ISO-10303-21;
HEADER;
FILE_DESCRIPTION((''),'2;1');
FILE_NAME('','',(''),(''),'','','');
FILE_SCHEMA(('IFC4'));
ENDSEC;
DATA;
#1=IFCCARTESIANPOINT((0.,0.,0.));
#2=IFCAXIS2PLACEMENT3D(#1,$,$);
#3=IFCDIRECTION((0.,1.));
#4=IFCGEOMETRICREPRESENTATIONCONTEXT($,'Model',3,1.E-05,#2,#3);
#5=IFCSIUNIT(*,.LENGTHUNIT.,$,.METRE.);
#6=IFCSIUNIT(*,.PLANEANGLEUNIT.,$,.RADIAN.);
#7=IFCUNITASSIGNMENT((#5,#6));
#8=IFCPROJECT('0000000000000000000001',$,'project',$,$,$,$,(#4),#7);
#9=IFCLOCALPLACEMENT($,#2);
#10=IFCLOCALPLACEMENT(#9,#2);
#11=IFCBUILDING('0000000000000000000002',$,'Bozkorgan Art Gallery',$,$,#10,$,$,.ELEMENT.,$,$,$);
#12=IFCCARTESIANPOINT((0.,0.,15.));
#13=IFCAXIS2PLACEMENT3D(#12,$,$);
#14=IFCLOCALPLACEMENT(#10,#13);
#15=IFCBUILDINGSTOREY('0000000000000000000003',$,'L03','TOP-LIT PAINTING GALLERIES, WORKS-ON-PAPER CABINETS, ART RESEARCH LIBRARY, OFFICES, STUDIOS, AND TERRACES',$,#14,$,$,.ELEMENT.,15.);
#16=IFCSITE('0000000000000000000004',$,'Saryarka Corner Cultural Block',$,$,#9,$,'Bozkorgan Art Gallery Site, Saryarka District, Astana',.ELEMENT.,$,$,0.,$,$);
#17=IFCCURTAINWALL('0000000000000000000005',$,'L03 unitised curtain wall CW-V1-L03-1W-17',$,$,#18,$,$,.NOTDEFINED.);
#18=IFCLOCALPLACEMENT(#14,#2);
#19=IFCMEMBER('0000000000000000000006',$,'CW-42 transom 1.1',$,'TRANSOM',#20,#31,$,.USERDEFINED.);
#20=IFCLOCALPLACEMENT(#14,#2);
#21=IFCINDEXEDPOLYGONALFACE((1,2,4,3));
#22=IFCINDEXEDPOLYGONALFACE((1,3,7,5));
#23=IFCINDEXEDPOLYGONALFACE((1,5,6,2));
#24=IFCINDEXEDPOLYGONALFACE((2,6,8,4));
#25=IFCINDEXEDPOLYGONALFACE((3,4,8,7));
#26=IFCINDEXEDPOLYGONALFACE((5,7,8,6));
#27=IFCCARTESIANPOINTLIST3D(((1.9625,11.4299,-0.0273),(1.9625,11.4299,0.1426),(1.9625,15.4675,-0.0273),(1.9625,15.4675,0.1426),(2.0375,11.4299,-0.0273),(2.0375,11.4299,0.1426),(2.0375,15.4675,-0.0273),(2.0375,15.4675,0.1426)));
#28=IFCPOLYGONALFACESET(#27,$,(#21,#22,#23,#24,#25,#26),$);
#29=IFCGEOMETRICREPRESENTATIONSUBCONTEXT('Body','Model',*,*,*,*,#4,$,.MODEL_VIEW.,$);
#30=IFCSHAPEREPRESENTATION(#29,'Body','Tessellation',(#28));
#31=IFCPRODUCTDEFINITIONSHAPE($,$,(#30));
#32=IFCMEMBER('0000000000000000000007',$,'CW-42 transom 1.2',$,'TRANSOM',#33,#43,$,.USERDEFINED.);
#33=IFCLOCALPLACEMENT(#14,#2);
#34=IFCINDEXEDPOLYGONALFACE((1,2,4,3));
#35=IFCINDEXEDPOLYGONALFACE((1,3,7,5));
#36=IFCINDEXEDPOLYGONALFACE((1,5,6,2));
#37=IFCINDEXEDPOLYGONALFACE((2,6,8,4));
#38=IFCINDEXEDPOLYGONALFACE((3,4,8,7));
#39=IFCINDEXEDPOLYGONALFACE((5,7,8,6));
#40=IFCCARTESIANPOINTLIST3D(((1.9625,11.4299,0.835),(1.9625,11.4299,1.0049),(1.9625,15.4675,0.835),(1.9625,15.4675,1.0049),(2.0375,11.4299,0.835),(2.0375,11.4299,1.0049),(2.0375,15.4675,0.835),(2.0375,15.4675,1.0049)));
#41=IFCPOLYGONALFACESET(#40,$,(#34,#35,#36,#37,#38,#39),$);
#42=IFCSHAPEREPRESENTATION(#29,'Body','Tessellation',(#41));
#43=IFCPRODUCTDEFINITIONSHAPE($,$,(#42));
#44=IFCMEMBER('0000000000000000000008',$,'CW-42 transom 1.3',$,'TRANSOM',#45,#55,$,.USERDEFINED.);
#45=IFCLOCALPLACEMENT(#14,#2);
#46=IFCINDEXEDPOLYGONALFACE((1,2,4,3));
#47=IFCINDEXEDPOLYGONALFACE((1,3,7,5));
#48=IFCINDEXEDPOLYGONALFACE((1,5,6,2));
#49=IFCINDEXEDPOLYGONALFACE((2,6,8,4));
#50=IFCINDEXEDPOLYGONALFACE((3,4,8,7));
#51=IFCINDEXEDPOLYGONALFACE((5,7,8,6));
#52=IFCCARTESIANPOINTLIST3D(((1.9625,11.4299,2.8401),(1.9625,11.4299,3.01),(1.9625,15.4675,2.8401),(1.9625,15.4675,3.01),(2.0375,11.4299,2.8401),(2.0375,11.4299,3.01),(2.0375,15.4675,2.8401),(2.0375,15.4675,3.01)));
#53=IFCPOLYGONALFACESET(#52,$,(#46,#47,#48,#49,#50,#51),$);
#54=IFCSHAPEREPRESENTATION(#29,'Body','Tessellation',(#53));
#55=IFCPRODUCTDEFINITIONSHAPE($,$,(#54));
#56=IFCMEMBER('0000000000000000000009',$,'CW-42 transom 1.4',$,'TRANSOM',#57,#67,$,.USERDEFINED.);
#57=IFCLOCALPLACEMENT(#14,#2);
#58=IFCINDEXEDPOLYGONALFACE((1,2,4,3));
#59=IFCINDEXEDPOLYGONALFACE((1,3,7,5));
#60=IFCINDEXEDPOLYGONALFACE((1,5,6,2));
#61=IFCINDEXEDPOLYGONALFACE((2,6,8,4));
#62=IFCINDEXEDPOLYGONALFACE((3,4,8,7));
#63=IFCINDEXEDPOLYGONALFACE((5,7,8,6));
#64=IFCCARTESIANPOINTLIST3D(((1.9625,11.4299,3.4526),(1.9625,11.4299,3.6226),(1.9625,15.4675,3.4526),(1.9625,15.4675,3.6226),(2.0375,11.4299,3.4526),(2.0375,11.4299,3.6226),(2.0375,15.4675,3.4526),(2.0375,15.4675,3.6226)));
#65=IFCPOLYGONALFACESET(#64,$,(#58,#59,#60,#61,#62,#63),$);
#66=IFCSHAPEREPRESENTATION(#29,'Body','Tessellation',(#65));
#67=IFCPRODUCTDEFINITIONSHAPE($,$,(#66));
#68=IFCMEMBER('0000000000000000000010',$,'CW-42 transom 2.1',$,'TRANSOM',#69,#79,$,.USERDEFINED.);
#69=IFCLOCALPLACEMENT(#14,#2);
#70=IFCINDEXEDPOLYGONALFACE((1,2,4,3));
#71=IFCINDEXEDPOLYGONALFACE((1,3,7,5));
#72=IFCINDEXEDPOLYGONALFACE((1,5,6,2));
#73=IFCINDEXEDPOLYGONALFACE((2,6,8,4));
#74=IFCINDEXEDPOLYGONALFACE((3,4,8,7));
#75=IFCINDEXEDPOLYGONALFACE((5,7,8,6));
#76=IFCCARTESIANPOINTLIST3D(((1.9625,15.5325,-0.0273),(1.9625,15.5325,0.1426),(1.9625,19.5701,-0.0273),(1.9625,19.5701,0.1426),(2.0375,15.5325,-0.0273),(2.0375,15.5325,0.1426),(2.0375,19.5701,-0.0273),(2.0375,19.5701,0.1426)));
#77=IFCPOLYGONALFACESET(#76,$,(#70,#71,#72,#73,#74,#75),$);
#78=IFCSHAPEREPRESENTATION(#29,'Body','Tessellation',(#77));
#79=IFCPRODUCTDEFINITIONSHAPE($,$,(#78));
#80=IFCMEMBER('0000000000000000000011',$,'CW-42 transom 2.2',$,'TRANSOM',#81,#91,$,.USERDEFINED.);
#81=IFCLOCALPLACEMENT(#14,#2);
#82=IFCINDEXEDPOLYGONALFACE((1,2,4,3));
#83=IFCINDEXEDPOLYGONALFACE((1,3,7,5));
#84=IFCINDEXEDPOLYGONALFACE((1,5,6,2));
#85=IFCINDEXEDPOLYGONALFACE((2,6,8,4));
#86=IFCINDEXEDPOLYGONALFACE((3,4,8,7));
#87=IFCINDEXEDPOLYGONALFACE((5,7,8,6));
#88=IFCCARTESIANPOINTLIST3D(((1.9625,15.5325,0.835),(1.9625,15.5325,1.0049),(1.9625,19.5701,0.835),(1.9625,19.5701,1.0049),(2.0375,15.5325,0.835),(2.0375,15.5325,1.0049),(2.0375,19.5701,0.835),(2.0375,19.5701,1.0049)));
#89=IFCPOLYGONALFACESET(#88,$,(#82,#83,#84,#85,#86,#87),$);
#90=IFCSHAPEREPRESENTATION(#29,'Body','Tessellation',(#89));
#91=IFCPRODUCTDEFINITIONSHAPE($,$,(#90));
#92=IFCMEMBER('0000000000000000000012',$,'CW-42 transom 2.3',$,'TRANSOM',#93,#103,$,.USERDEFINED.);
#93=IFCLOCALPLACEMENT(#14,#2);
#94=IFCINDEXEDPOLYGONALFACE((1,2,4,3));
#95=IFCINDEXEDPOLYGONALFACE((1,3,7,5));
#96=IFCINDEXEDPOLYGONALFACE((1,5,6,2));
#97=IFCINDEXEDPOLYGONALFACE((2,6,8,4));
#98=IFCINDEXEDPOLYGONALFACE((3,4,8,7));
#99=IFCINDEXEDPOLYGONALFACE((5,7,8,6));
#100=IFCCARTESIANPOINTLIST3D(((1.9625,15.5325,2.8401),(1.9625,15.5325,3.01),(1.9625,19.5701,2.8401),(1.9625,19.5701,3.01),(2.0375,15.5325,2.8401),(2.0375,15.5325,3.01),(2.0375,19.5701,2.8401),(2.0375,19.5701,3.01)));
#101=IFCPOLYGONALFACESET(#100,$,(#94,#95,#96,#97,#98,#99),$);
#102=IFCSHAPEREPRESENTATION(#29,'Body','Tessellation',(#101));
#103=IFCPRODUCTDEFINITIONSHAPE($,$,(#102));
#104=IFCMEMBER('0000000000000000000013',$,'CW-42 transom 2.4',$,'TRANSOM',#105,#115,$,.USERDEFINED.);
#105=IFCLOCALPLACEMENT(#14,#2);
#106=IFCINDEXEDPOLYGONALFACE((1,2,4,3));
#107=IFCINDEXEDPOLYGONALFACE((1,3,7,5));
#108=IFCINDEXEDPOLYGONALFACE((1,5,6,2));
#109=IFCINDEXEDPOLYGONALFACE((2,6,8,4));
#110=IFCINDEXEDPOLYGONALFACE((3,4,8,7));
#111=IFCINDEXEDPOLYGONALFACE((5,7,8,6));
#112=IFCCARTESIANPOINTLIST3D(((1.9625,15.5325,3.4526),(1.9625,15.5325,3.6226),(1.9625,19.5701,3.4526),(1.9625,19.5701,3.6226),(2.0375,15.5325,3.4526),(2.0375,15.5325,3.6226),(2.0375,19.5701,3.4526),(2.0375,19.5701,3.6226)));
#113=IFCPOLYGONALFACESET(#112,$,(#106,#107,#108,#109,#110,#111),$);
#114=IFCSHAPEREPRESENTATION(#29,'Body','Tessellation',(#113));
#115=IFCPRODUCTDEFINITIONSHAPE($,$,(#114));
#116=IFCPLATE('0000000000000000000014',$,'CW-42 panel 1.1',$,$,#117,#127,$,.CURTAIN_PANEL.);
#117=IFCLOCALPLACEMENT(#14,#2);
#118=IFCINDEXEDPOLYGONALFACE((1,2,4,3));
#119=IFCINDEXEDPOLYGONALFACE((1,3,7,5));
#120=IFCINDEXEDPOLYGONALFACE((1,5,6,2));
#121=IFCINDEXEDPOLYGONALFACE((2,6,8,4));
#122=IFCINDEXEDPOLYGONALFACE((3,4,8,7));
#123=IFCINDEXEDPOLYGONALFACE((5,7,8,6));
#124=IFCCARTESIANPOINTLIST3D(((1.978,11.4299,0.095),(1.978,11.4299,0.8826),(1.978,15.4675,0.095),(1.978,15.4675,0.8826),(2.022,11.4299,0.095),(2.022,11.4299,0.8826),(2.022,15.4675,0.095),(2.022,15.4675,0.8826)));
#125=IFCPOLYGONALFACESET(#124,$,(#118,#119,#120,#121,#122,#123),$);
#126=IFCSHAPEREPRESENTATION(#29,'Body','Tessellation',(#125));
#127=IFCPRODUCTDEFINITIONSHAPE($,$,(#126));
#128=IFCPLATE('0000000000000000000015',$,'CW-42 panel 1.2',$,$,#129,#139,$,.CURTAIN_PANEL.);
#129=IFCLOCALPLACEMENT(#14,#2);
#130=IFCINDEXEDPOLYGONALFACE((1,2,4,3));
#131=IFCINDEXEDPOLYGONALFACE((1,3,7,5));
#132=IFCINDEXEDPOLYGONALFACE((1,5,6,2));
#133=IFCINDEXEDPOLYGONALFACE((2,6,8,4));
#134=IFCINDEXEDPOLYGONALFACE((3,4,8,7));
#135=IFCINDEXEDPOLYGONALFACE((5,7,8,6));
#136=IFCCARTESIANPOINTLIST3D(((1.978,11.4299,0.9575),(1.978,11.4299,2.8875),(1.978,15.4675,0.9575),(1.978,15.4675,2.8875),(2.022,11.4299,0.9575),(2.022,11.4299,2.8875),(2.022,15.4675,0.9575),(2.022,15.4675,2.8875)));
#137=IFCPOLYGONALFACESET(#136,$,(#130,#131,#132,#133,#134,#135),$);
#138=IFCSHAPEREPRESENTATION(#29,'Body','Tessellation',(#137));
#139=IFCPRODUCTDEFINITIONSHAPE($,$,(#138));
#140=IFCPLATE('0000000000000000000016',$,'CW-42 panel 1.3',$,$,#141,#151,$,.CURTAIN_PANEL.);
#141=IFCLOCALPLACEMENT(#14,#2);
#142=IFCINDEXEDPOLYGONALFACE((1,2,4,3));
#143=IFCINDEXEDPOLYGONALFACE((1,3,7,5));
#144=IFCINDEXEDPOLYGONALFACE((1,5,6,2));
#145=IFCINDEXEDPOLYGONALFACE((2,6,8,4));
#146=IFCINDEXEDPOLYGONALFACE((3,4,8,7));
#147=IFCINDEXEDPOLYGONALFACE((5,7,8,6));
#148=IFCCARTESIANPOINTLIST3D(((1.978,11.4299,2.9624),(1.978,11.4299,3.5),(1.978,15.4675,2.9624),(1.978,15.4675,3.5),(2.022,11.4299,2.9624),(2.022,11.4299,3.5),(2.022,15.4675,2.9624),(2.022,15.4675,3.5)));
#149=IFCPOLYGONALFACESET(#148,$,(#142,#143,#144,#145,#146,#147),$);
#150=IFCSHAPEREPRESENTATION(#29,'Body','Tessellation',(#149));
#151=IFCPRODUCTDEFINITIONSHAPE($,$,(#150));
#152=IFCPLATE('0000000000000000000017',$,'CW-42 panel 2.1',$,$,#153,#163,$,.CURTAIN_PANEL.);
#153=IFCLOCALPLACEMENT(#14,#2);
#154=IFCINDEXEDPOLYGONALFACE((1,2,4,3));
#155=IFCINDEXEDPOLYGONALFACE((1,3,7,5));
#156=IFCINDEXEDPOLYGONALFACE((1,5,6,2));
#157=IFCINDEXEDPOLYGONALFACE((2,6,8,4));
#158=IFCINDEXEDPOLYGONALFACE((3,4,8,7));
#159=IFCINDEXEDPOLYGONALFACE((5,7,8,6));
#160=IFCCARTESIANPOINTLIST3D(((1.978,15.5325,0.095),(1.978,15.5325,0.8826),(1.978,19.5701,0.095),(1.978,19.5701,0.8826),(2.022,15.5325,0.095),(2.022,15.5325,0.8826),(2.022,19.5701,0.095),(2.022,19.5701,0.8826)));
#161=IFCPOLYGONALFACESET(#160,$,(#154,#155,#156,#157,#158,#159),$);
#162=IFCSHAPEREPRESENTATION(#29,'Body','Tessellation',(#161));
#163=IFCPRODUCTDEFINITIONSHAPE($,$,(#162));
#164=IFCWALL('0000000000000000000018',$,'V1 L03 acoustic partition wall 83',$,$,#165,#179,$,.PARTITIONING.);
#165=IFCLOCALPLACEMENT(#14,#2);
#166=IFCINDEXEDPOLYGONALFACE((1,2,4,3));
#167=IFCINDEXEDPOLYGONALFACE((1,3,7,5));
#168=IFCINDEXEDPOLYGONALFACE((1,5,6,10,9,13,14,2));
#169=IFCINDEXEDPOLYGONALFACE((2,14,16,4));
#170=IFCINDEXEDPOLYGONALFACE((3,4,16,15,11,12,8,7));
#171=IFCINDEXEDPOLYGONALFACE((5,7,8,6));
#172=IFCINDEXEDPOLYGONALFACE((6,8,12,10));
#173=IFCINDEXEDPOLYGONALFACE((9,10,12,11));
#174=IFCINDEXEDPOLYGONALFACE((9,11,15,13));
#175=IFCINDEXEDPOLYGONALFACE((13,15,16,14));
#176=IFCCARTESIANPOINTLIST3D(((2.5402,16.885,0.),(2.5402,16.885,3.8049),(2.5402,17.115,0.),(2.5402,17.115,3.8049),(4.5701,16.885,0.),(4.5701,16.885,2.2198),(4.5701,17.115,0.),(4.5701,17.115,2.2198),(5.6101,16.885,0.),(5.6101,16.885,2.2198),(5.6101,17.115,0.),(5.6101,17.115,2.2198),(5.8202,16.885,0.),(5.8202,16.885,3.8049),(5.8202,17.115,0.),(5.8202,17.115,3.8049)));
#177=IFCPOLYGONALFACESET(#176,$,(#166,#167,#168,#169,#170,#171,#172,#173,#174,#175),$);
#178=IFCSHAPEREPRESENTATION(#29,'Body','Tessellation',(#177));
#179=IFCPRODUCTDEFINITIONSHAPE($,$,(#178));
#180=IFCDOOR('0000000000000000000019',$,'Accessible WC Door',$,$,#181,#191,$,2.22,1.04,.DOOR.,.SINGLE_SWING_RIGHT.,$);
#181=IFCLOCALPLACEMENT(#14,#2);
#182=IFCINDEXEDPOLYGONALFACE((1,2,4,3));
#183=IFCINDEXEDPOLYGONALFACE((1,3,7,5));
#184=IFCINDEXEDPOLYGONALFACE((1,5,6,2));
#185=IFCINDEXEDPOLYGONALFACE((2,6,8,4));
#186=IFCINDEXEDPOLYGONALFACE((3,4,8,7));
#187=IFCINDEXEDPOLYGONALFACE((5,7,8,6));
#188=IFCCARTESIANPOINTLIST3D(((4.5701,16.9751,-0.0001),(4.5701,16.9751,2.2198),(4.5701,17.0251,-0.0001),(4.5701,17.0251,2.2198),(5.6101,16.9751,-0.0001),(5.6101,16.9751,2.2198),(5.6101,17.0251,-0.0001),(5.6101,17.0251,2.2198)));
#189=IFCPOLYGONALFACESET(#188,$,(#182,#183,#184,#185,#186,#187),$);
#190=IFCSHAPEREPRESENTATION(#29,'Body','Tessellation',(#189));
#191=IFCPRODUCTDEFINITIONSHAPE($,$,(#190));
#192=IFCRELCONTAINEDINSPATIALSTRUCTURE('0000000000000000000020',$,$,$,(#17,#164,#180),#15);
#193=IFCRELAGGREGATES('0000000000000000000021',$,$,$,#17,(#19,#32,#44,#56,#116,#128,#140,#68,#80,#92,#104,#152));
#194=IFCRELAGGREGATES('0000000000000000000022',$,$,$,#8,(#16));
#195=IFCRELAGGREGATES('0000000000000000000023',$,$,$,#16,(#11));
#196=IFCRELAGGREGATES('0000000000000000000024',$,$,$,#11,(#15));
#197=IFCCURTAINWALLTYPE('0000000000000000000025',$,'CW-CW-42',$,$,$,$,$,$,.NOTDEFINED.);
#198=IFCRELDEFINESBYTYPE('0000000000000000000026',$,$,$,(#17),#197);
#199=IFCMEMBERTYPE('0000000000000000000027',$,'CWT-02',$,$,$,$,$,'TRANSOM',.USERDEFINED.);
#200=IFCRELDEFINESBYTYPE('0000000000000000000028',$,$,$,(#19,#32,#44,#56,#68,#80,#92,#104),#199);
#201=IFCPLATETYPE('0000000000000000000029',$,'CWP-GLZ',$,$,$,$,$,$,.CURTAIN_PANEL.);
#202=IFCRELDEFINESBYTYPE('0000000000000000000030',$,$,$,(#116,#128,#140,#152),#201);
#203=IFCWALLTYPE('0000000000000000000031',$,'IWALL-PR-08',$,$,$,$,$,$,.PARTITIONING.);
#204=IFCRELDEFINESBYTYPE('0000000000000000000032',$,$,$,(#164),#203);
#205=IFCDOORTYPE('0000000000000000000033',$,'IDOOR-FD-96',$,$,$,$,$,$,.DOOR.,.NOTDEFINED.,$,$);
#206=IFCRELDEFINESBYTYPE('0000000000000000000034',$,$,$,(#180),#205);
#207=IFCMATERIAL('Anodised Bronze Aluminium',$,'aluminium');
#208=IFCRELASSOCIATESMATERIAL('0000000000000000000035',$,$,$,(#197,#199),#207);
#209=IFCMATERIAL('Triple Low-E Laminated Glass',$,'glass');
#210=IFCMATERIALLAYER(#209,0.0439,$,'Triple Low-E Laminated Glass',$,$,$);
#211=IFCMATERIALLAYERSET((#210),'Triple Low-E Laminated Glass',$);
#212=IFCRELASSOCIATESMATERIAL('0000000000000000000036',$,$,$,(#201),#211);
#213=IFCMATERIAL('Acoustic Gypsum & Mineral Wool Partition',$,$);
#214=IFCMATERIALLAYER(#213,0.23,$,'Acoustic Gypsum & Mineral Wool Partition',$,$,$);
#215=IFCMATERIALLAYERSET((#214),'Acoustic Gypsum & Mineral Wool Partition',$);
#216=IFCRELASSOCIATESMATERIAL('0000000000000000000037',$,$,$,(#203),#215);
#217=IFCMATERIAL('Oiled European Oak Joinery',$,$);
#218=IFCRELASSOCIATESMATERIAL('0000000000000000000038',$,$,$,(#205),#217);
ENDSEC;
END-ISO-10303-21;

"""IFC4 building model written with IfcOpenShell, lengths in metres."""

from ifc_helpers import new_model, si_unit, direction, frame, frame_2d, origin, origin_2d, place, context, subcontext, project, spatial, rectangle, extrude, material, layer, layer_set, material_profile, profile_set, type_object, element, fill, aggregate, save


model = new_model("IFC4")

# Units and contexts
model_context = context("Model", 3, precision=1e-05, world=origin(), true_north=direction((0.0, 1.0)))
body_context = subcontext(model_context, "Body", "Model", "MODEL_VIEW")
ifc_project = project(units=[si_unit("LENGTHUNIT", "METRE"), si_unit("PLANEANGLEUNIT", "RADIAN")], contexts=[model_context])

# Site, building, storey
site_placement = place(None, origin())
site = spatial("IfcSite", under=ifc_project, at=site_placement, Name="Saryarka Corner Cultural Block", LongName="Bozkorgan Art Gallery Site, Saryarka District, Astana", CompositionType="ELEMENT", RefElevation=0.0)
building_placement = place(site_placement, origin())
building = spatial("IfcBuilding", under=site, at=building_placement, Name="Bozkorgan Art Gallery", CompositionType="ELEMENT")
storey_placement = place(building_placement, frame((0.0, 0.0, 15.0)))
storey = spatial("IfcBuildingStorey", under=building, at=storey_placement, Name="L03", Description="TOP-LIT PAINTING GALLERIES, WORKS-ON-PAPER CABINETS, ART RESEARCH LIBRARY, OFFICES, STUDIOS, AND TERRACES", CompositionType="ELEMENT", Elevation=15.0)

# Shared definitions
ifc_material_1 = material(Name="Anodised Bronze Aluminium", Category="aluminium")
curtain_wall_type = type_object("IfcCurtainWallType", Name="CW-CW-42", PredefinedType="NOTDEFINED", material=ifc_material_1)

# Curtain wall, members, plates
curtain_wall_1_placement = place(storey_placement, origin())
curtain_wall_1 = element("IfcCurtainWall", 1, at=curtain_wall_1_placement, inside=storey, type_object=curtain_wall_type, Name="L03 unitised curtain wall CW-V1-L03-1W-17", PredefinedType="NOTDEFINED")
ifc_material_profile_1 = material_profile(ifc_material_1, rectangle(XDim=0.075, YDim=0.1699, at=origin_2d()), Name="ALU TRANSOM 75x170")
ifc_profile_set_1 = profile_set([ifc_material_profile_1], Name="Anodised Bronze Aluminium")
member_type_1 = type_object("IfcMemberType", Name="CWT-02", ElementType="TRANSOM", PredefinedType="USERDEFINED", material=ifc_profile_set_1)
member_1_placement = place(storey_placement, frame((2.0, 11.4299, 0.0576), z_axis=(0.0, 1.0, 0.0), x_axis=(-1.0, 0.0, 0.0)))
member_1 = element("IfcMember", 2, at=member_1_placement, type_object=member_type_1, Name="CW-42 transom 1.1", ObjectType="TRANSOM", PredefinedType="USERDEFINED", context=body_context, shape_type="SweptSolid", body=[
    extrude(rectangle(XDim=0.075, YDim=0.1699, at=origin_2d()), origin(), (0.0, 0.0, 1.0), 4.0376),
])
member_2_placement = place(storey_placement, frame((2.0, 11.4299, 0.9199), z_axis=(0.0, 1.0, 0.0), x_axis=(-1.0, 0.0, 0.0)))
member_2 = element("IfcMember", 3, at=member_2_placement, type_object=member_type_1, Name="CW-42 transom 1.2", ObjectType="TRANSOM", PredefinedType="USERDEFINED", context=body_context, shape_type="SweptSolid", body=[
    extrude(rectangle(XDim=0.075, YDim=0.1699, at=origin_2d()), origin(), (0.0, 0.0, 1.0), 4.0376),
])
member_3_placement = place(storey_placement, frame((2.0, 11.4299, 2.925), z_axis=(0.0, 1.0, 0.0), x_axis=(-1.0, 0.0, 0.0)))
member_3 = element("IfcMember", 4, at=member_3_placement, type_object=member_type_1, Name="CW-42 transom 1.3", ObjectType="TRANSOM", PredefinedType="USERDEFINED", context=body_context, shape_type="SweptSolid", body=[
    extrude(rectangle(XDim=0.075, YDim=0.1699, at=origin_2d()), origin(), (0.0, 0.0, 1.0), 4.0376),
])
member_4_placement = place(storey_placement, frame((2.0, 11.4299, 3.5376), z_axis=(0.0, 1.0, 0.0), x_axis=(-1.0, 0.0, 0.0)))
member_4 = element("IfcMember", 5, at=member_4_placement, type_object=member_type_1, Name="CW-42 transom 1.4", ObjectType="TRANSOM", PredefinedType="USERDEFINED", context=body_context, shape_type="SweptSolid", body=[
    extrude(rectangle(XDim=0.075, YDim=0.1699, at=origin_2d()), origin(), (0.0, 0.0, 1.0), 4.0376),
])
member_5_placement = place(storey_placement, frame((2.0, 15.5325, 0.0576), z_axis=(0.0, 1.0, 0.0), x_axis=(-1.0, 0.0, 0.0)))
member_5 = element("IfcMember", 6, at=member_5_placement, type_object=member_type_1, Name="CW-42 transom 2.1", ObjectType="TRANSOM", PredefinedType="USERDEFINED", context=body_context, shape_type="SweptSolid", body=[
    extrude(rectangle(XDim=0.075, YDim=0.1699, at=origin_2d()), origin(), (0.0, 0.0, 1.0), 4.0376),
])
member_6_placement = place(storey_placement, frame((2.0, 15.5325, 0.9199), z_axis=(0.0, 1.0, 0.0), x_axis=(-1.0, 0.0, 0.0)))
member_6 = element("IfcMember", 7, at=member_6_placement, type_object=member_type_1, Name="CW-42 transom 2.2", ObjectType="TRANSOM", PredefinedType="USERDEFINED", context=body_context, shape_type="SweptSolid", body=[
    extrude(rectangle(XDim=0.075, YDim=0.1699, at=origin_2d()), origin(), (0.0, 0.0, 1.0), 4.0376),
])
member_7_placement = place(storey_placement, frame((2.0, 15.5325, 2.925), z_axis=(0.0, 1.0, 0.0), x_axis=(-1.0, 0.0, 0.0)))
member_7 = element("IfcMember", 8, at=member_7_placement, type_object=member_type_1, Name="CW-42 transom 2.3", ObjectType="TRANSOM", PredefinedType="USERDEFINED", context=body_context, shape_type="SweptSolid", body=[
    extrude(rectangle(XDim=0.075, YDim=0.1699, at=origin_2d()), origin(), (0.0, 0.0, 1.0), 4.0376),
])
member_8_placement = place(storey_placement, frame((2.0, 15.5325, 3.5376), z_axis=(0.0, 1.0, 0.0), x_axis=(-1.0, 0.0, 0.0)))
member_8 = element("IfcMember", 9, at=member_8_placement, type_object=member_type_1, Name="CW-42 transom 2.4", ObjectType="TRANSOM", PredefinedType="USERDEFINED", context=body_context, shape_type="SweptSolid", body=[
    extrude(rectangle(XDim=0.075, YDim=0.1699, at=origin_2d()), origin(), (0.0, 0.0, 1.0), 4.0376),
])
ifc_material_2 = material(Name="Triple Low-E Laminated Glass", Category="glass")
ifc_layer_1 = layer(ifc_material_2, 0.0439, Name="Triple Low-E Laminated Glass")
ifc_layer_set_1 = layer_set([ifc_layer_1], Name="Triple Low-E Laminated Glass")
plate_type = type_object("IfcPlateType", Name="CWP-GLZ", PredefinedType="CURTAIN_PANEL", material=ifc_layer_set_1)
plate_1_placement = place(storey_placement, frame((2.0, 13.4487, 0.095), z_axis=(0.0, 0.0, 1.0), x_axis=(0.0, 1.0, 0.0)))
plate_1 = element("IfcPlate", 10, at=plate_1_placement, type_object=plate_type, Name="CW-42 panel 1.1", PredefinedType="CURTAIN_PANEL", context=body_context, shape_type="SweptSolid", body=[
    extrude(rectangle(XDim=4.0376, YDim=0.0439, at=origin_2d()), origin(), (0.0, 0.0, 1.0), 0.7876),
])
plate_2_placement = place(storey_placement, frame((2.0, 13.4487, 0.9575), z_axis=(0.0, 0.0, 1.0), x_axis=(0.0, 1.0, 0.0)))
plate_2 = element("IfcPlate", 11, at=plate_2_placement, type_object=plate_type, Name="CW-42 panel 1.2", PredefinedType="CURTAIN_PANEL", context=body_context, shape_type="SweptSolid", body=[
    extrude(rectangle(XDim=4.0376, YDim=0.0439, at=origin_2d()), origin(), (0.0, 0.0, 1.0), 1.9299),
])
plate_3_placement = place(storey_placement, frame((2.0, 13.4487, 2.9624), z_axis=(0.0, 0.0, 1.0), x_axis=(0.0, 1.0, 0.0)))
plate_3 = element("IfcPlate", 12, at=plate_3_placement, type_object=plate_type, Name="CW-42 panel 1.3", PredefinedType="CURTAIN_PANEL", context=body_context, shape_type="SweptSolid", body=[
    extrude(rectangle(XDim=4.0376, YDim=0.0439, at=origin_2d()), origin(), (0.0, 0.0, 1.0), 0.5376),
])
plate_4_placement = place(storey_placement, frame((2.0, 17.5513, 0.095), z_axis=(0.0, 0.0, 1.0), x_axis=(0.0, 1.0, 0.0)))
plate_4 = element("IfcPlate", 13, at=plate_4_placement, type_object=plate_type, Name="CW-42 panel 2.1", PredefinedType="CURTAIN_PANEL", context=body_context, shape_type="SweptSolid", body=[
    extrude(rectangle(XDim=4.0376, YDim=0.0439, at=origin_2d()), origin(), (0.0, 0.0, 1.0), 0.7876),
])
aggregate(curtain_wall_1, [member_1, member_2, member_3, member_4, plate_1, plate_2, plate_3, member_5, member_6, member_7, member_8, plate_4])

# Wall, opening, door
ifc_material_3 = material(Name="Acoustic Gypsum & Mineral Wool Partition")
ifc_layer_2 = layer(ifc_material_3, 0.23, Name="Acoustic Gypsum & Mineral Wool Partition")
ifc_layer_set_2 = layer_set([ifc_layer_2], Name="Acoustic Gypsum & Mineral Wool Partition")
wall_type_1 = type_object("IfcWallType", Name="IWALL-PR-08", PredefinedType="PARTITIONING", material=ifc_layer_set_2)
wall_1_placement = place(storey_placement, frame((2.54, 17.0, 0.0), z_axis=(0.0, 0.0, 1.0), x_axis=(1.0, 0.0, 0.0)))
wall_1 = element("IfcWall", 14, at=wall_1_placement, inside=storey, type_object=wall_type_1, Name="V1 L03 acoustic partition wall 83", PredefinedType="PARTITIONING", context=body_context, shape_type="SweptSolid", body=[
    extrude(rectangle(XDim=3.28, YDim=0.23, at=frame_2d((1.6401, 0.0))), origin(), (0.0, 0.0, 1.0), 3.8049),
])
opening_1_placement = place(wall_1_placement, frame((3.0701, 0.0, 0.0), z_axis=(0.0, 0.0, 1.0), x_axis=(-1.0, 0.0, 0.0)))
opening_1 = element("IfcOpeningElement", 15, at=opening_1_placement, cuts=wall_1, PredefinedType="OPENING", context=body_context, shape_type="SweptSolid", body=[
    extrude(rectangle(XDim=1.04, YDim=2.22, at=frame_2d((0.52, 1.1099))), frame((0.0, 0.125, 0.0), z_axis=(0.0, -1.0, 0.0), x_axis=(1.0, 0.0, 0.0)), (0.0, 0.0, 1.0), 0.25),
])
ifc_material_4 = material(Name="Oiled European Oak Joinery")
door_type_1 = type_object("IfcDoorType", Name="IDOOR-FD-96", OperationType="NOTDEFINED", PredefinedType="DOOR", material=ifc_material_4)
door_1_placement = place(opening_1_placement, origin())
door_1 = element("IfcDoor", 16, at=door_1_placement, inside=storey, type_object=door_type_1, Name="Accessible WC Door", OperationType="SINGLE_SWING_RIGHT", OverallHeight=2.22, OverallWidth=1.04, PredefinedType="DOOR", context=body_context, shape_type="SweptSolid", body=[
    extrude(rectangle(XDim=1.04, YDim=2.22, at=frame_2d((0.52, 1.1099))), frame((0.0, 0.0249, 0.0), z_axis=(0.0, -1.0, 0.0), x_axis=(1.0, 0.0, 0.0)), (0.0, 0.0, 1.0), 0.05),
])
fill(opening_1, door_1)

save(model, "model.ifc")
